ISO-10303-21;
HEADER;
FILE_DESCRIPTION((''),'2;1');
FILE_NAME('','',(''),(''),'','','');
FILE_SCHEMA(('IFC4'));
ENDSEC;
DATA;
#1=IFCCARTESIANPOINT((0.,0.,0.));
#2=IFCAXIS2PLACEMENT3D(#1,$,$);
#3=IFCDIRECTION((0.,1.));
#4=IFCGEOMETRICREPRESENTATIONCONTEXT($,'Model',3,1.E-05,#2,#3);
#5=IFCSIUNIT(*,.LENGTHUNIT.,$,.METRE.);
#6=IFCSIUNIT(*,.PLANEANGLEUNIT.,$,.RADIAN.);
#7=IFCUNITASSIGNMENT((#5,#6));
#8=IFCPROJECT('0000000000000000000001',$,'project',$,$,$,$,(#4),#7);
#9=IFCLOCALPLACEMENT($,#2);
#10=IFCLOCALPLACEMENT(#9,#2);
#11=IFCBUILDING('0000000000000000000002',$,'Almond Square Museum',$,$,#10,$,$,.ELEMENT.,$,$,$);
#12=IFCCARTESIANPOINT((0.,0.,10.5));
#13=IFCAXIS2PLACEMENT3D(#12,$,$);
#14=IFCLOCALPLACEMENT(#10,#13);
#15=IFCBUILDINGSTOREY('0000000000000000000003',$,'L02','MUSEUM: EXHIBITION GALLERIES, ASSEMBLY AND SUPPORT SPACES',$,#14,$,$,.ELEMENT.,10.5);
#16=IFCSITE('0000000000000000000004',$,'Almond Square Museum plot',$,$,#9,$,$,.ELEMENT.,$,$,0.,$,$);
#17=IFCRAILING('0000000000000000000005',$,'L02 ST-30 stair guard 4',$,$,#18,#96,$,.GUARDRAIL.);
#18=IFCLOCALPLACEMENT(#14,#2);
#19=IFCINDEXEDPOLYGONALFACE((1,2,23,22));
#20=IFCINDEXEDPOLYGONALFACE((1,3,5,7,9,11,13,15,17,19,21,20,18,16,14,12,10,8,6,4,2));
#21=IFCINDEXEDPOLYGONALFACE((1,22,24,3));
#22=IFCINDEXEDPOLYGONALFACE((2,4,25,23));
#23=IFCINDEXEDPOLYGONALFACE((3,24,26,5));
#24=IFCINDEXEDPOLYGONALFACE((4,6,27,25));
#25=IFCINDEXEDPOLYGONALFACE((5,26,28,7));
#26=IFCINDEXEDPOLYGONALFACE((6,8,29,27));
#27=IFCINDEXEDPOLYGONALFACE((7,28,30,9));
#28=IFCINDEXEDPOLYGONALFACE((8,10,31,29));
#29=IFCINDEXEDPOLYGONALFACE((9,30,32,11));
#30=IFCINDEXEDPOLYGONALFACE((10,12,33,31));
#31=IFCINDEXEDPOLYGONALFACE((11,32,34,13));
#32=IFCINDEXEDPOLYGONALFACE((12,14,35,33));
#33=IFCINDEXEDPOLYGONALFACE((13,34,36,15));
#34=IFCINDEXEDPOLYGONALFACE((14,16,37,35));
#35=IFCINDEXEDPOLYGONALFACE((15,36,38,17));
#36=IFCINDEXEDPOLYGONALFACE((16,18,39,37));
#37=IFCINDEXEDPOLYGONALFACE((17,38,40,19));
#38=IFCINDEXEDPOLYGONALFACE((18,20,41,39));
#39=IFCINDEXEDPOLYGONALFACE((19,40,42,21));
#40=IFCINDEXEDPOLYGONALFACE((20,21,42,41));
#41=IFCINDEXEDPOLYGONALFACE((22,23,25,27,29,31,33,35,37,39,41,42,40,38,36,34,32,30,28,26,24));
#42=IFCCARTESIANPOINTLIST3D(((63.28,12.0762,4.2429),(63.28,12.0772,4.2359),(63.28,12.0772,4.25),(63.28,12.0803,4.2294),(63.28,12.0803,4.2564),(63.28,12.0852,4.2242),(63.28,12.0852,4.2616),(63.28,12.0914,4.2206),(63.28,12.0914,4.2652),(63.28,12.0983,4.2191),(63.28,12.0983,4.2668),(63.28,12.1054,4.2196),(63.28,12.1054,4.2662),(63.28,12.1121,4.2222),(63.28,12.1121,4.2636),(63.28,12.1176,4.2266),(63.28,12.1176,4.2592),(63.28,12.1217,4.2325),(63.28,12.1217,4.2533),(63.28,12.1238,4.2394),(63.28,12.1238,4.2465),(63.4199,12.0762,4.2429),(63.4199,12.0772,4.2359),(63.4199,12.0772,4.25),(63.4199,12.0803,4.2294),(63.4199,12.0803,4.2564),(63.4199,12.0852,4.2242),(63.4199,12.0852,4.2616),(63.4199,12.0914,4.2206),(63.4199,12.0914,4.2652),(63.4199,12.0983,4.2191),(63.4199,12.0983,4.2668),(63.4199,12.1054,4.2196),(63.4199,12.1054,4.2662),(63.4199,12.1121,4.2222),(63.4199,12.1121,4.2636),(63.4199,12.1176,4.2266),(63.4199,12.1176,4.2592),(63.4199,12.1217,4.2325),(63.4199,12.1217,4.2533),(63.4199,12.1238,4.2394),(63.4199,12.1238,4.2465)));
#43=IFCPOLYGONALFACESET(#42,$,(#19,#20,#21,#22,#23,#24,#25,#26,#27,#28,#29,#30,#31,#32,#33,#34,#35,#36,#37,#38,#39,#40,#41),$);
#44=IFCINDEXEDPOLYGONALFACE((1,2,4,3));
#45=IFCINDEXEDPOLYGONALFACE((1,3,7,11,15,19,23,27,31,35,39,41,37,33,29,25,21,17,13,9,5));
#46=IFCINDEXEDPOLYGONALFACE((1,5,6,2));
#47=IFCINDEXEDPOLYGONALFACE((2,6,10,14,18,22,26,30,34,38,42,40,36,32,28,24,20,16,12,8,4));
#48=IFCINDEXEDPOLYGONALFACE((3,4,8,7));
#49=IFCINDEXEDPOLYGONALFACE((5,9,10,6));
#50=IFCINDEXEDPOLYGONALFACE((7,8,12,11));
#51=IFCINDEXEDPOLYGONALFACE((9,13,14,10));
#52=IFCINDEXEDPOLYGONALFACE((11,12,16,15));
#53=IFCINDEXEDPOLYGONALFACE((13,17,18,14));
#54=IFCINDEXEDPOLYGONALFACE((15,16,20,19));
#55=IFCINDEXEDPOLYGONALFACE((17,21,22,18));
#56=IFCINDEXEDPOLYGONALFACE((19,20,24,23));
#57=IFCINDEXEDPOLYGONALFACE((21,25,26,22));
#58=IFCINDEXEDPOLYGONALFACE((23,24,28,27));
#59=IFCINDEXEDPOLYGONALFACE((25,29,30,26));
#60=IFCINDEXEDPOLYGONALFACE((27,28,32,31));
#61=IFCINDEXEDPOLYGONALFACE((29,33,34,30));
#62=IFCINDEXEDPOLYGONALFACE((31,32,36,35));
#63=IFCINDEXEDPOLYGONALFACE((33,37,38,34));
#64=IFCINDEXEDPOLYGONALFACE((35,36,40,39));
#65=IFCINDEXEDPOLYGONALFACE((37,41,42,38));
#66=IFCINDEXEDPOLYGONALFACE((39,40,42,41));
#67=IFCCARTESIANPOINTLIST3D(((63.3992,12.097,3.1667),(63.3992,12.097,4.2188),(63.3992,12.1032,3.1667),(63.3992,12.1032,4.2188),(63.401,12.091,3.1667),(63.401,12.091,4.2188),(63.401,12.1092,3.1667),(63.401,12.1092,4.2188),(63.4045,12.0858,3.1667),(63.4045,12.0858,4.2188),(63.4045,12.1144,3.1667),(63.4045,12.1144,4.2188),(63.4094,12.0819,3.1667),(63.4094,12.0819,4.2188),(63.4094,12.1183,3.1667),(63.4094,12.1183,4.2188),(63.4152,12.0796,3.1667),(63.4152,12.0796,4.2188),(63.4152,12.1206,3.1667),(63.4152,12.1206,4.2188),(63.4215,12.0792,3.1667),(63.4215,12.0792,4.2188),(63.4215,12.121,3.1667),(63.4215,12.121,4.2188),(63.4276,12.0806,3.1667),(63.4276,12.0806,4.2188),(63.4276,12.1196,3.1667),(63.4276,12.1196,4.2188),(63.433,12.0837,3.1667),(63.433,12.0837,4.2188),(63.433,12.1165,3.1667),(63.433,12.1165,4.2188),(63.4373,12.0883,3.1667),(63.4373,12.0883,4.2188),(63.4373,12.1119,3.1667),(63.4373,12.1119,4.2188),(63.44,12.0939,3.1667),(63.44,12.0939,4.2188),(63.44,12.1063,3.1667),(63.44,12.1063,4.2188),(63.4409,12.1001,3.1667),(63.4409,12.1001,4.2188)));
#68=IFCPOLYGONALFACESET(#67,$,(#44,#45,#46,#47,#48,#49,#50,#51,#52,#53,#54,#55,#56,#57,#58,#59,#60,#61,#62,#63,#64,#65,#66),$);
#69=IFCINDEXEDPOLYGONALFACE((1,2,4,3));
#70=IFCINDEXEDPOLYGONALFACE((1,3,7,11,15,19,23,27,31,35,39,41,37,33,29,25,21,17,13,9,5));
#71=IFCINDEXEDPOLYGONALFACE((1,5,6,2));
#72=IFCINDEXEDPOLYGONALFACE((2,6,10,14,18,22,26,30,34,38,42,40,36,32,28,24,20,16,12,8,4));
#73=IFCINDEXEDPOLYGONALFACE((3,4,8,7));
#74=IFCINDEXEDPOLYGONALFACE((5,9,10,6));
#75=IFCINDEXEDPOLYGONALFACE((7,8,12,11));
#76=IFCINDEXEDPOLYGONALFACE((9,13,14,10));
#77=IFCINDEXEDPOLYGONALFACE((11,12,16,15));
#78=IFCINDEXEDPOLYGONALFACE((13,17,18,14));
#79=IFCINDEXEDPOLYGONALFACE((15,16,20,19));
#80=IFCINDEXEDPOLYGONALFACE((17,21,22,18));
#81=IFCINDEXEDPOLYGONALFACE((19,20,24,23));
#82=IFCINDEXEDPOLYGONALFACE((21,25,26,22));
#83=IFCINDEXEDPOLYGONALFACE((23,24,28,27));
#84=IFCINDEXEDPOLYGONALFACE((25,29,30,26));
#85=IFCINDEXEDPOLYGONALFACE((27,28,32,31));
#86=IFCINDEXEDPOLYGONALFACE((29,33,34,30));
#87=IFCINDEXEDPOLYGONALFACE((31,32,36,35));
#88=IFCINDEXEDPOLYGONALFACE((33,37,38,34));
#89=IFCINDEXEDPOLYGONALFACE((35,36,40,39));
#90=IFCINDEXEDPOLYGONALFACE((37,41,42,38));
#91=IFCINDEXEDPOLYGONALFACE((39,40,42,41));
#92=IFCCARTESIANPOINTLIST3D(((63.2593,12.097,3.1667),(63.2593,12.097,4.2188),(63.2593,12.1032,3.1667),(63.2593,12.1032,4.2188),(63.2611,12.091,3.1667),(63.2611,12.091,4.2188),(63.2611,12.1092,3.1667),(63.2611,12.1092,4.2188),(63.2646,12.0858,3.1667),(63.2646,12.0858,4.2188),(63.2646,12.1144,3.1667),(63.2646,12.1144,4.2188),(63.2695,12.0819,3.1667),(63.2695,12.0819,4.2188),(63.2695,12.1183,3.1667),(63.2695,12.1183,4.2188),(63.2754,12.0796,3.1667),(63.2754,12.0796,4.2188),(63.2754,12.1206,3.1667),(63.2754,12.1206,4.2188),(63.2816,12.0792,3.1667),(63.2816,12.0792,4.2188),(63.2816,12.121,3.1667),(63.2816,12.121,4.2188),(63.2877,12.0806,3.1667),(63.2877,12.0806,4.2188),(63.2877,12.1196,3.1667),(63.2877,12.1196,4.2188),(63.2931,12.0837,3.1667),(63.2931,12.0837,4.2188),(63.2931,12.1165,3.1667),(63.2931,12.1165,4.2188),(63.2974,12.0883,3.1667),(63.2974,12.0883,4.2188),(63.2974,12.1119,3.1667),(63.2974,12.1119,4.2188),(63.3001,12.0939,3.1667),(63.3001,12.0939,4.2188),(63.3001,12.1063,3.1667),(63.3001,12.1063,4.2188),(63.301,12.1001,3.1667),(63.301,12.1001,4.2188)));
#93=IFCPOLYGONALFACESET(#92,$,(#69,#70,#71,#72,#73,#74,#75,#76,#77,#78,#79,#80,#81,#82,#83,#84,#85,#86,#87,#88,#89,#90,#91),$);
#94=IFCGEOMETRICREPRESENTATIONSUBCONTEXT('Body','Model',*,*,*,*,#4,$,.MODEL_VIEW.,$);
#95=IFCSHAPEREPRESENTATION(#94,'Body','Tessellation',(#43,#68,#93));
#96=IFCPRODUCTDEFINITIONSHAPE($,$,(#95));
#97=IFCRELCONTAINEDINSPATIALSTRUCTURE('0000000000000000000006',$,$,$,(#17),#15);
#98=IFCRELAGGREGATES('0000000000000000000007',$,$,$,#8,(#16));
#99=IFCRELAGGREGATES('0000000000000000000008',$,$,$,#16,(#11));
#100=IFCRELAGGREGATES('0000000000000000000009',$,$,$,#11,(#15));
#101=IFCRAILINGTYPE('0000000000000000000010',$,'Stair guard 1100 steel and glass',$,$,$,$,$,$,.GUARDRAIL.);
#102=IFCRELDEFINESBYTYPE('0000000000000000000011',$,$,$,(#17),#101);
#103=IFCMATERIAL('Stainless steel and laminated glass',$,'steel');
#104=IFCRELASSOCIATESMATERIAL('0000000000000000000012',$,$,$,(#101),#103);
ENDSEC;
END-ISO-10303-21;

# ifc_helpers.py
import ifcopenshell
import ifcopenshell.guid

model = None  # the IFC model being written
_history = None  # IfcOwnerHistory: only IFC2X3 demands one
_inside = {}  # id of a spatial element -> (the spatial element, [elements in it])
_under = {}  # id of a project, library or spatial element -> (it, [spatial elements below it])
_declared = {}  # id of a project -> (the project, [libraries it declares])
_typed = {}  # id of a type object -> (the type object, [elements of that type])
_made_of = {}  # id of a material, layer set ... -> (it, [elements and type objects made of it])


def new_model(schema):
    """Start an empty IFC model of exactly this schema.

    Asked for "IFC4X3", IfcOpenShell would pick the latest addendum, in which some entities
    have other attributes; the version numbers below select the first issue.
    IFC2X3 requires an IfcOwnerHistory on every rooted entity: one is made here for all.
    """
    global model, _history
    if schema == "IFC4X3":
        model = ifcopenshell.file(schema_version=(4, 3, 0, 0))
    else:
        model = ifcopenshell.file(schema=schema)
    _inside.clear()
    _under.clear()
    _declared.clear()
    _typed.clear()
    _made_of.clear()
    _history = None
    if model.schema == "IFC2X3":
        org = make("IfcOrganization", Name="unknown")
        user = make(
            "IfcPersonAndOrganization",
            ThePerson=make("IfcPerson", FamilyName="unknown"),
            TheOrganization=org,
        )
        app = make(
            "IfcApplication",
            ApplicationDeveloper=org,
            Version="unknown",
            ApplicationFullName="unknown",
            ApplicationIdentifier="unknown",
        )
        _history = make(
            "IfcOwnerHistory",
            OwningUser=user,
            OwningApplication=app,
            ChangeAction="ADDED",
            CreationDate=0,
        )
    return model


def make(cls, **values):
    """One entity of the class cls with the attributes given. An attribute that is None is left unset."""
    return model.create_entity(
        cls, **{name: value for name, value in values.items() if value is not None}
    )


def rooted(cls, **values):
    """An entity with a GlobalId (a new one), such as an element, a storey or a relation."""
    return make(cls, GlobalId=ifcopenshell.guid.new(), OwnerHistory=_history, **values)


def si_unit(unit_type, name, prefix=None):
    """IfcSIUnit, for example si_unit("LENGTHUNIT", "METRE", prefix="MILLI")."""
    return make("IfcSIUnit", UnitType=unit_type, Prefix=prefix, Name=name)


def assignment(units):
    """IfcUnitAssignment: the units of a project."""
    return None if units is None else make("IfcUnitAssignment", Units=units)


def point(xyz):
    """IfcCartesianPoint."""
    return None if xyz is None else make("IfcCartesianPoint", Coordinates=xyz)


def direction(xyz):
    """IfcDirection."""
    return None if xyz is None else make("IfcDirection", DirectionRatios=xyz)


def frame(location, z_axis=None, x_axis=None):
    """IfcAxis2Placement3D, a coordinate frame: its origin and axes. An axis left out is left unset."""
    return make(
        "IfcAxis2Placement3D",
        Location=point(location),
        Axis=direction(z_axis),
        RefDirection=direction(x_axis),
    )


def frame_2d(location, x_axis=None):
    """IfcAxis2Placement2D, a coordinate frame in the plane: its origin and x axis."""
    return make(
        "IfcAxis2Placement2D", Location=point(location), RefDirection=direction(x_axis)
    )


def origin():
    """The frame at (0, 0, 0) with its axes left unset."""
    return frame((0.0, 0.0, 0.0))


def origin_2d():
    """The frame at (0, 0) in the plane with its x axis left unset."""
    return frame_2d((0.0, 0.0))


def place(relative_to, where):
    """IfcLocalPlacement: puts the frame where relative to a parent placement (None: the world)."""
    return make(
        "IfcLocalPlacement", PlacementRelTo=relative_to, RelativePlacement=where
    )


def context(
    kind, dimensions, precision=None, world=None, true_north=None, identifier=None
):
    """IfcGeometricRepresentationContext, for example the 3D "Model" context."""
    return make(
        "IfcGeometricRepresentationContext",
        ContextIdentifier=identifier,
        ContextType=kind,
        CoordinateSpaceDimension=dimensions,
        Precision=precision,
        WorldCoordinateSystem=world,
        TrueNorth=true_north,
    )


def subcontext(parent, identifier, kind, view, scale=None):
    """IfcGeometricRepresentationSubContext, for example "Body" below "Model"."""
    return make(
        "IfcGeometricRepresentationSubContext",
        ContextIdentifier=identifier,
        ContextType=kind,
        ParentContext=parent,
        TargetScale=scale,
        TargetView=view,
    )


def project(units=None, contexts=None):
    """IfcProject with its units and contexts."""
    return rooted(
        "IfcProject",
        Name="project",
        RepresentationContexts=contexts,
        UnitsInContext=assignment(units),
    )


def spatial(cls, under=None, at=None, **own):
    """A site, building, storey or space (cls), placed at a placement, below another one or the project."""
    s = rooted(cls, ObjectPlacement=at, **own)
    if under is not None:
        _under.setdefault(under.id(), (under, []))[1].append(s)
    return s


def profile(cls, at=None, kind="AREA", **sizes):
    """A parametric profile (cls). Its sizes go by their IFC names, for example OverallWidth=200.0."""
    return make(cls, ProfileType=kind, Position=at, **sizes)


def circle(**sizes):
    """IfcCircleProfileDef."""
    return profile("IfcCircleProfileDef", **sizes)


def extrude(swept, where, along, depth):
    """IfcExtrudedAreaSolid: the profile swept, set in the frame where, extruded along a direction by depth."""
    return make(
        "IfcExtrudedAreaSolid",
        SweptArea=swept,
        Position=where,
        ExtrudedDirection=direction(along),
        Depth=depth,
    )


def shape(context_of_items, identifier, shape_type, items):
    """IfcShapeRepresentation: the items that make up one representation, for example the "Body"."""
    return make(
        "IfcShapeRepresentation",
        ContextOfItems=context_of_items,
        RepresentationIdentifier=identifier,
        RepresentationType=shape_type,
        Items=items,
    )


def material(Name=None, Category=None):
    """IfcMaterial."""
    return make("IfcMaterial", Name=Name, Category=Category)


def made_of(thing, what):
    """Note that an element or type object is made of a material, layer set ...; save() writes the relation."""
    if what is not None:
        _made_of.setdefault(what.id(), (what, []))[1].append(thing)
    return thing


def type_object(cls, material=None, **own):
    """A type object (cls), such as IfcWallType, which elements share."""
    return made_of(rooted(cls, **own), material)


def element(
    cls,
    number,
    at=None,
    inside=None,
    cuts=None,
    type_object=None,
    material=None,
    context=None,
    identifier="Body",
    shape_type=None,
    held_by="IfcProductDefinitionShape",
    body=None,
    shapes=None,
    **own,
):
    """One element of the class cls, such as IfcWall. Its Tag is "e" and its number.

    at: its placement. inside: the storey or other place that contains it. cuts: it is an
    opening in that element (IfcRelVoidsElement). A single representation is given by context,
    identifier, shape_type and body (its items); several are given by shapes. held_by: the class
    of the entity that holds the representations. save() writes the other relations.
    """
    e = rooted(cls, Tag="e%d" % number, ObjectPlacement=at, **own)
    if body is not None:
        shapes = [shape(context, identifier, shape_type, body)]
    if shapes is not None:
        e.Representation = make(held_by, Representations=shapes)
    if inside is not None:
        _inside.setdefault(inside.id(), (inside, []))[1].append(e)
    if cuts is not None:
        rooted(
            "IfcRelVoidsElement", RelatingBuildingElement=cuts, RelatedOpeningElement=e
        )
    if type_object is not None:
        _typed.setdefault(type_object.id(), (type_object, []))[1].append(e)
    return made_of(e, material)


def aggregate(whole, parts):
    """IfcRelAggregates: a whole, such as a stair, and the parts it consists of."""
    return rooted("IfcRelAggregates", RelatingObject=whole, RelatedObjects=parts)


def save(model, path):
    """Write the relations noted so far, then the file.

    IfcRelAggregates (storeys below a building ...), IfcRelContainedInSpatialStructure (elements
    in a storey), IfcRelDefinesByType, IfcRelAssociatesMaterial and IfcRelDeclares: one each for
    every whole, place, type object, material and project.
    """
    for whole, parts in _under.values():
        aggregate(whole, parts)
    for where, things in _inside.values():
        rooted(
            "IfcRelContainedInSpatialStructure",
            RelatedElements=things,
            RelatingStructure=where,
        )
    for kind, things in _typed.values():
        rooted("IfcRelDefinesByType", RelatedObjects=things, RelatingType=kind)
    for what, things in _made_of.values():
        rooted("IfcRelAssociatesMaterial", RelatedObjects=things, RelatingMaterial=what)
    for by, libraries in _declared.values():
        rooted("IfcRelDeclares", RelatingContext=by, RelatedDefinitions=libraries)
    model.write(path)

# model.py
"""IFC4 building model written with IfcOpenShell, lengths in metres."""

from ifc_helpers import new_model, si_unit, direction, frame, origin, origin_2d, place, context, subcontext, project, spatial, circle, extrude, material, type_object, element, save


model = new_model("IFC4")

# Units and contexts
model_context = context("Model", 3, precision=1e-05, world=origin(), true_north=direction((0.0, 1.0)))
body_context = subcontext(model_context, "Body", "Model", "MODEL_VIEW")
ifc_project = project(units=[si_unit("LENGTHUNIT", "METRE"), si_unit("PLANEANGLEUNIT", "RADIAN")], contexts=[model_context])

# Site, building, storey
site_placement = place(None, origin())
site = spatial("IfcSite", under=ifc_project, at=site_placement, Name="Almond Square Museum plot", CompositionType="ELEMENT", RefElevation=0.0)
building_placement = place(site_placement, origin())
building = spatial("IfcBuilding", under=site, at=building_placement, Name="Almond Square Museum", CompositionType="ELEMENT")
storey_placement = place(building_placement, frame((0.0, 0.0, 10.5)))
storey = spatial("IfcBuildingStorey", under=building, at=storey_placement, Name="L02", Description="MUSEUM: EXHIBITION GALLERIES, ASSEMBLY AND SUPPORT SPACES", CompositionType="ELEMENT", Elevation=10.5)

# Railing
ifc_material_1 = material(Name="Stainless steel and laminated glass", Category="steel")
railing_type_1 = type_object("IfcRailingType", Name="Stair guard 1100 steel and glass", PredefinedType="GUARDRAIL", material=ifc_material_1)
railing_1_placement = place(storey_placement, frame((63.4199, 12.1001, 3.1667)))
element("IfcRailing", 1, at=railing_1_placement, inside=storey, type_object=railing_type_1, Name="L02 ST-30 stair guard 4", PredefinedType="GUARDRAIL", context=body_context, shape_type="SweptSolid", body=[
    extrude(circle(Radius=0.0239, at=origin_2d()), frame((0.0, 0.0, 1.0762), z_axis=(-1.0, 0.0, 0.0), x_axis=(0.0, -1.0, 0.0)), (0.0, 0.0, 1.0), 0.1399),
    extrude(circle(Radius=0.021, at=origin_2d()), origin(), (0.0, 0.0, 1.0), 1.052),
    extrude(circle(Radius=0.021, at=origin_2d()), frame((-0.1399, 0.0, 0.0)), (0.0, 0.0, 1.0), 1.052),
])

save(model, "model.ifc")
